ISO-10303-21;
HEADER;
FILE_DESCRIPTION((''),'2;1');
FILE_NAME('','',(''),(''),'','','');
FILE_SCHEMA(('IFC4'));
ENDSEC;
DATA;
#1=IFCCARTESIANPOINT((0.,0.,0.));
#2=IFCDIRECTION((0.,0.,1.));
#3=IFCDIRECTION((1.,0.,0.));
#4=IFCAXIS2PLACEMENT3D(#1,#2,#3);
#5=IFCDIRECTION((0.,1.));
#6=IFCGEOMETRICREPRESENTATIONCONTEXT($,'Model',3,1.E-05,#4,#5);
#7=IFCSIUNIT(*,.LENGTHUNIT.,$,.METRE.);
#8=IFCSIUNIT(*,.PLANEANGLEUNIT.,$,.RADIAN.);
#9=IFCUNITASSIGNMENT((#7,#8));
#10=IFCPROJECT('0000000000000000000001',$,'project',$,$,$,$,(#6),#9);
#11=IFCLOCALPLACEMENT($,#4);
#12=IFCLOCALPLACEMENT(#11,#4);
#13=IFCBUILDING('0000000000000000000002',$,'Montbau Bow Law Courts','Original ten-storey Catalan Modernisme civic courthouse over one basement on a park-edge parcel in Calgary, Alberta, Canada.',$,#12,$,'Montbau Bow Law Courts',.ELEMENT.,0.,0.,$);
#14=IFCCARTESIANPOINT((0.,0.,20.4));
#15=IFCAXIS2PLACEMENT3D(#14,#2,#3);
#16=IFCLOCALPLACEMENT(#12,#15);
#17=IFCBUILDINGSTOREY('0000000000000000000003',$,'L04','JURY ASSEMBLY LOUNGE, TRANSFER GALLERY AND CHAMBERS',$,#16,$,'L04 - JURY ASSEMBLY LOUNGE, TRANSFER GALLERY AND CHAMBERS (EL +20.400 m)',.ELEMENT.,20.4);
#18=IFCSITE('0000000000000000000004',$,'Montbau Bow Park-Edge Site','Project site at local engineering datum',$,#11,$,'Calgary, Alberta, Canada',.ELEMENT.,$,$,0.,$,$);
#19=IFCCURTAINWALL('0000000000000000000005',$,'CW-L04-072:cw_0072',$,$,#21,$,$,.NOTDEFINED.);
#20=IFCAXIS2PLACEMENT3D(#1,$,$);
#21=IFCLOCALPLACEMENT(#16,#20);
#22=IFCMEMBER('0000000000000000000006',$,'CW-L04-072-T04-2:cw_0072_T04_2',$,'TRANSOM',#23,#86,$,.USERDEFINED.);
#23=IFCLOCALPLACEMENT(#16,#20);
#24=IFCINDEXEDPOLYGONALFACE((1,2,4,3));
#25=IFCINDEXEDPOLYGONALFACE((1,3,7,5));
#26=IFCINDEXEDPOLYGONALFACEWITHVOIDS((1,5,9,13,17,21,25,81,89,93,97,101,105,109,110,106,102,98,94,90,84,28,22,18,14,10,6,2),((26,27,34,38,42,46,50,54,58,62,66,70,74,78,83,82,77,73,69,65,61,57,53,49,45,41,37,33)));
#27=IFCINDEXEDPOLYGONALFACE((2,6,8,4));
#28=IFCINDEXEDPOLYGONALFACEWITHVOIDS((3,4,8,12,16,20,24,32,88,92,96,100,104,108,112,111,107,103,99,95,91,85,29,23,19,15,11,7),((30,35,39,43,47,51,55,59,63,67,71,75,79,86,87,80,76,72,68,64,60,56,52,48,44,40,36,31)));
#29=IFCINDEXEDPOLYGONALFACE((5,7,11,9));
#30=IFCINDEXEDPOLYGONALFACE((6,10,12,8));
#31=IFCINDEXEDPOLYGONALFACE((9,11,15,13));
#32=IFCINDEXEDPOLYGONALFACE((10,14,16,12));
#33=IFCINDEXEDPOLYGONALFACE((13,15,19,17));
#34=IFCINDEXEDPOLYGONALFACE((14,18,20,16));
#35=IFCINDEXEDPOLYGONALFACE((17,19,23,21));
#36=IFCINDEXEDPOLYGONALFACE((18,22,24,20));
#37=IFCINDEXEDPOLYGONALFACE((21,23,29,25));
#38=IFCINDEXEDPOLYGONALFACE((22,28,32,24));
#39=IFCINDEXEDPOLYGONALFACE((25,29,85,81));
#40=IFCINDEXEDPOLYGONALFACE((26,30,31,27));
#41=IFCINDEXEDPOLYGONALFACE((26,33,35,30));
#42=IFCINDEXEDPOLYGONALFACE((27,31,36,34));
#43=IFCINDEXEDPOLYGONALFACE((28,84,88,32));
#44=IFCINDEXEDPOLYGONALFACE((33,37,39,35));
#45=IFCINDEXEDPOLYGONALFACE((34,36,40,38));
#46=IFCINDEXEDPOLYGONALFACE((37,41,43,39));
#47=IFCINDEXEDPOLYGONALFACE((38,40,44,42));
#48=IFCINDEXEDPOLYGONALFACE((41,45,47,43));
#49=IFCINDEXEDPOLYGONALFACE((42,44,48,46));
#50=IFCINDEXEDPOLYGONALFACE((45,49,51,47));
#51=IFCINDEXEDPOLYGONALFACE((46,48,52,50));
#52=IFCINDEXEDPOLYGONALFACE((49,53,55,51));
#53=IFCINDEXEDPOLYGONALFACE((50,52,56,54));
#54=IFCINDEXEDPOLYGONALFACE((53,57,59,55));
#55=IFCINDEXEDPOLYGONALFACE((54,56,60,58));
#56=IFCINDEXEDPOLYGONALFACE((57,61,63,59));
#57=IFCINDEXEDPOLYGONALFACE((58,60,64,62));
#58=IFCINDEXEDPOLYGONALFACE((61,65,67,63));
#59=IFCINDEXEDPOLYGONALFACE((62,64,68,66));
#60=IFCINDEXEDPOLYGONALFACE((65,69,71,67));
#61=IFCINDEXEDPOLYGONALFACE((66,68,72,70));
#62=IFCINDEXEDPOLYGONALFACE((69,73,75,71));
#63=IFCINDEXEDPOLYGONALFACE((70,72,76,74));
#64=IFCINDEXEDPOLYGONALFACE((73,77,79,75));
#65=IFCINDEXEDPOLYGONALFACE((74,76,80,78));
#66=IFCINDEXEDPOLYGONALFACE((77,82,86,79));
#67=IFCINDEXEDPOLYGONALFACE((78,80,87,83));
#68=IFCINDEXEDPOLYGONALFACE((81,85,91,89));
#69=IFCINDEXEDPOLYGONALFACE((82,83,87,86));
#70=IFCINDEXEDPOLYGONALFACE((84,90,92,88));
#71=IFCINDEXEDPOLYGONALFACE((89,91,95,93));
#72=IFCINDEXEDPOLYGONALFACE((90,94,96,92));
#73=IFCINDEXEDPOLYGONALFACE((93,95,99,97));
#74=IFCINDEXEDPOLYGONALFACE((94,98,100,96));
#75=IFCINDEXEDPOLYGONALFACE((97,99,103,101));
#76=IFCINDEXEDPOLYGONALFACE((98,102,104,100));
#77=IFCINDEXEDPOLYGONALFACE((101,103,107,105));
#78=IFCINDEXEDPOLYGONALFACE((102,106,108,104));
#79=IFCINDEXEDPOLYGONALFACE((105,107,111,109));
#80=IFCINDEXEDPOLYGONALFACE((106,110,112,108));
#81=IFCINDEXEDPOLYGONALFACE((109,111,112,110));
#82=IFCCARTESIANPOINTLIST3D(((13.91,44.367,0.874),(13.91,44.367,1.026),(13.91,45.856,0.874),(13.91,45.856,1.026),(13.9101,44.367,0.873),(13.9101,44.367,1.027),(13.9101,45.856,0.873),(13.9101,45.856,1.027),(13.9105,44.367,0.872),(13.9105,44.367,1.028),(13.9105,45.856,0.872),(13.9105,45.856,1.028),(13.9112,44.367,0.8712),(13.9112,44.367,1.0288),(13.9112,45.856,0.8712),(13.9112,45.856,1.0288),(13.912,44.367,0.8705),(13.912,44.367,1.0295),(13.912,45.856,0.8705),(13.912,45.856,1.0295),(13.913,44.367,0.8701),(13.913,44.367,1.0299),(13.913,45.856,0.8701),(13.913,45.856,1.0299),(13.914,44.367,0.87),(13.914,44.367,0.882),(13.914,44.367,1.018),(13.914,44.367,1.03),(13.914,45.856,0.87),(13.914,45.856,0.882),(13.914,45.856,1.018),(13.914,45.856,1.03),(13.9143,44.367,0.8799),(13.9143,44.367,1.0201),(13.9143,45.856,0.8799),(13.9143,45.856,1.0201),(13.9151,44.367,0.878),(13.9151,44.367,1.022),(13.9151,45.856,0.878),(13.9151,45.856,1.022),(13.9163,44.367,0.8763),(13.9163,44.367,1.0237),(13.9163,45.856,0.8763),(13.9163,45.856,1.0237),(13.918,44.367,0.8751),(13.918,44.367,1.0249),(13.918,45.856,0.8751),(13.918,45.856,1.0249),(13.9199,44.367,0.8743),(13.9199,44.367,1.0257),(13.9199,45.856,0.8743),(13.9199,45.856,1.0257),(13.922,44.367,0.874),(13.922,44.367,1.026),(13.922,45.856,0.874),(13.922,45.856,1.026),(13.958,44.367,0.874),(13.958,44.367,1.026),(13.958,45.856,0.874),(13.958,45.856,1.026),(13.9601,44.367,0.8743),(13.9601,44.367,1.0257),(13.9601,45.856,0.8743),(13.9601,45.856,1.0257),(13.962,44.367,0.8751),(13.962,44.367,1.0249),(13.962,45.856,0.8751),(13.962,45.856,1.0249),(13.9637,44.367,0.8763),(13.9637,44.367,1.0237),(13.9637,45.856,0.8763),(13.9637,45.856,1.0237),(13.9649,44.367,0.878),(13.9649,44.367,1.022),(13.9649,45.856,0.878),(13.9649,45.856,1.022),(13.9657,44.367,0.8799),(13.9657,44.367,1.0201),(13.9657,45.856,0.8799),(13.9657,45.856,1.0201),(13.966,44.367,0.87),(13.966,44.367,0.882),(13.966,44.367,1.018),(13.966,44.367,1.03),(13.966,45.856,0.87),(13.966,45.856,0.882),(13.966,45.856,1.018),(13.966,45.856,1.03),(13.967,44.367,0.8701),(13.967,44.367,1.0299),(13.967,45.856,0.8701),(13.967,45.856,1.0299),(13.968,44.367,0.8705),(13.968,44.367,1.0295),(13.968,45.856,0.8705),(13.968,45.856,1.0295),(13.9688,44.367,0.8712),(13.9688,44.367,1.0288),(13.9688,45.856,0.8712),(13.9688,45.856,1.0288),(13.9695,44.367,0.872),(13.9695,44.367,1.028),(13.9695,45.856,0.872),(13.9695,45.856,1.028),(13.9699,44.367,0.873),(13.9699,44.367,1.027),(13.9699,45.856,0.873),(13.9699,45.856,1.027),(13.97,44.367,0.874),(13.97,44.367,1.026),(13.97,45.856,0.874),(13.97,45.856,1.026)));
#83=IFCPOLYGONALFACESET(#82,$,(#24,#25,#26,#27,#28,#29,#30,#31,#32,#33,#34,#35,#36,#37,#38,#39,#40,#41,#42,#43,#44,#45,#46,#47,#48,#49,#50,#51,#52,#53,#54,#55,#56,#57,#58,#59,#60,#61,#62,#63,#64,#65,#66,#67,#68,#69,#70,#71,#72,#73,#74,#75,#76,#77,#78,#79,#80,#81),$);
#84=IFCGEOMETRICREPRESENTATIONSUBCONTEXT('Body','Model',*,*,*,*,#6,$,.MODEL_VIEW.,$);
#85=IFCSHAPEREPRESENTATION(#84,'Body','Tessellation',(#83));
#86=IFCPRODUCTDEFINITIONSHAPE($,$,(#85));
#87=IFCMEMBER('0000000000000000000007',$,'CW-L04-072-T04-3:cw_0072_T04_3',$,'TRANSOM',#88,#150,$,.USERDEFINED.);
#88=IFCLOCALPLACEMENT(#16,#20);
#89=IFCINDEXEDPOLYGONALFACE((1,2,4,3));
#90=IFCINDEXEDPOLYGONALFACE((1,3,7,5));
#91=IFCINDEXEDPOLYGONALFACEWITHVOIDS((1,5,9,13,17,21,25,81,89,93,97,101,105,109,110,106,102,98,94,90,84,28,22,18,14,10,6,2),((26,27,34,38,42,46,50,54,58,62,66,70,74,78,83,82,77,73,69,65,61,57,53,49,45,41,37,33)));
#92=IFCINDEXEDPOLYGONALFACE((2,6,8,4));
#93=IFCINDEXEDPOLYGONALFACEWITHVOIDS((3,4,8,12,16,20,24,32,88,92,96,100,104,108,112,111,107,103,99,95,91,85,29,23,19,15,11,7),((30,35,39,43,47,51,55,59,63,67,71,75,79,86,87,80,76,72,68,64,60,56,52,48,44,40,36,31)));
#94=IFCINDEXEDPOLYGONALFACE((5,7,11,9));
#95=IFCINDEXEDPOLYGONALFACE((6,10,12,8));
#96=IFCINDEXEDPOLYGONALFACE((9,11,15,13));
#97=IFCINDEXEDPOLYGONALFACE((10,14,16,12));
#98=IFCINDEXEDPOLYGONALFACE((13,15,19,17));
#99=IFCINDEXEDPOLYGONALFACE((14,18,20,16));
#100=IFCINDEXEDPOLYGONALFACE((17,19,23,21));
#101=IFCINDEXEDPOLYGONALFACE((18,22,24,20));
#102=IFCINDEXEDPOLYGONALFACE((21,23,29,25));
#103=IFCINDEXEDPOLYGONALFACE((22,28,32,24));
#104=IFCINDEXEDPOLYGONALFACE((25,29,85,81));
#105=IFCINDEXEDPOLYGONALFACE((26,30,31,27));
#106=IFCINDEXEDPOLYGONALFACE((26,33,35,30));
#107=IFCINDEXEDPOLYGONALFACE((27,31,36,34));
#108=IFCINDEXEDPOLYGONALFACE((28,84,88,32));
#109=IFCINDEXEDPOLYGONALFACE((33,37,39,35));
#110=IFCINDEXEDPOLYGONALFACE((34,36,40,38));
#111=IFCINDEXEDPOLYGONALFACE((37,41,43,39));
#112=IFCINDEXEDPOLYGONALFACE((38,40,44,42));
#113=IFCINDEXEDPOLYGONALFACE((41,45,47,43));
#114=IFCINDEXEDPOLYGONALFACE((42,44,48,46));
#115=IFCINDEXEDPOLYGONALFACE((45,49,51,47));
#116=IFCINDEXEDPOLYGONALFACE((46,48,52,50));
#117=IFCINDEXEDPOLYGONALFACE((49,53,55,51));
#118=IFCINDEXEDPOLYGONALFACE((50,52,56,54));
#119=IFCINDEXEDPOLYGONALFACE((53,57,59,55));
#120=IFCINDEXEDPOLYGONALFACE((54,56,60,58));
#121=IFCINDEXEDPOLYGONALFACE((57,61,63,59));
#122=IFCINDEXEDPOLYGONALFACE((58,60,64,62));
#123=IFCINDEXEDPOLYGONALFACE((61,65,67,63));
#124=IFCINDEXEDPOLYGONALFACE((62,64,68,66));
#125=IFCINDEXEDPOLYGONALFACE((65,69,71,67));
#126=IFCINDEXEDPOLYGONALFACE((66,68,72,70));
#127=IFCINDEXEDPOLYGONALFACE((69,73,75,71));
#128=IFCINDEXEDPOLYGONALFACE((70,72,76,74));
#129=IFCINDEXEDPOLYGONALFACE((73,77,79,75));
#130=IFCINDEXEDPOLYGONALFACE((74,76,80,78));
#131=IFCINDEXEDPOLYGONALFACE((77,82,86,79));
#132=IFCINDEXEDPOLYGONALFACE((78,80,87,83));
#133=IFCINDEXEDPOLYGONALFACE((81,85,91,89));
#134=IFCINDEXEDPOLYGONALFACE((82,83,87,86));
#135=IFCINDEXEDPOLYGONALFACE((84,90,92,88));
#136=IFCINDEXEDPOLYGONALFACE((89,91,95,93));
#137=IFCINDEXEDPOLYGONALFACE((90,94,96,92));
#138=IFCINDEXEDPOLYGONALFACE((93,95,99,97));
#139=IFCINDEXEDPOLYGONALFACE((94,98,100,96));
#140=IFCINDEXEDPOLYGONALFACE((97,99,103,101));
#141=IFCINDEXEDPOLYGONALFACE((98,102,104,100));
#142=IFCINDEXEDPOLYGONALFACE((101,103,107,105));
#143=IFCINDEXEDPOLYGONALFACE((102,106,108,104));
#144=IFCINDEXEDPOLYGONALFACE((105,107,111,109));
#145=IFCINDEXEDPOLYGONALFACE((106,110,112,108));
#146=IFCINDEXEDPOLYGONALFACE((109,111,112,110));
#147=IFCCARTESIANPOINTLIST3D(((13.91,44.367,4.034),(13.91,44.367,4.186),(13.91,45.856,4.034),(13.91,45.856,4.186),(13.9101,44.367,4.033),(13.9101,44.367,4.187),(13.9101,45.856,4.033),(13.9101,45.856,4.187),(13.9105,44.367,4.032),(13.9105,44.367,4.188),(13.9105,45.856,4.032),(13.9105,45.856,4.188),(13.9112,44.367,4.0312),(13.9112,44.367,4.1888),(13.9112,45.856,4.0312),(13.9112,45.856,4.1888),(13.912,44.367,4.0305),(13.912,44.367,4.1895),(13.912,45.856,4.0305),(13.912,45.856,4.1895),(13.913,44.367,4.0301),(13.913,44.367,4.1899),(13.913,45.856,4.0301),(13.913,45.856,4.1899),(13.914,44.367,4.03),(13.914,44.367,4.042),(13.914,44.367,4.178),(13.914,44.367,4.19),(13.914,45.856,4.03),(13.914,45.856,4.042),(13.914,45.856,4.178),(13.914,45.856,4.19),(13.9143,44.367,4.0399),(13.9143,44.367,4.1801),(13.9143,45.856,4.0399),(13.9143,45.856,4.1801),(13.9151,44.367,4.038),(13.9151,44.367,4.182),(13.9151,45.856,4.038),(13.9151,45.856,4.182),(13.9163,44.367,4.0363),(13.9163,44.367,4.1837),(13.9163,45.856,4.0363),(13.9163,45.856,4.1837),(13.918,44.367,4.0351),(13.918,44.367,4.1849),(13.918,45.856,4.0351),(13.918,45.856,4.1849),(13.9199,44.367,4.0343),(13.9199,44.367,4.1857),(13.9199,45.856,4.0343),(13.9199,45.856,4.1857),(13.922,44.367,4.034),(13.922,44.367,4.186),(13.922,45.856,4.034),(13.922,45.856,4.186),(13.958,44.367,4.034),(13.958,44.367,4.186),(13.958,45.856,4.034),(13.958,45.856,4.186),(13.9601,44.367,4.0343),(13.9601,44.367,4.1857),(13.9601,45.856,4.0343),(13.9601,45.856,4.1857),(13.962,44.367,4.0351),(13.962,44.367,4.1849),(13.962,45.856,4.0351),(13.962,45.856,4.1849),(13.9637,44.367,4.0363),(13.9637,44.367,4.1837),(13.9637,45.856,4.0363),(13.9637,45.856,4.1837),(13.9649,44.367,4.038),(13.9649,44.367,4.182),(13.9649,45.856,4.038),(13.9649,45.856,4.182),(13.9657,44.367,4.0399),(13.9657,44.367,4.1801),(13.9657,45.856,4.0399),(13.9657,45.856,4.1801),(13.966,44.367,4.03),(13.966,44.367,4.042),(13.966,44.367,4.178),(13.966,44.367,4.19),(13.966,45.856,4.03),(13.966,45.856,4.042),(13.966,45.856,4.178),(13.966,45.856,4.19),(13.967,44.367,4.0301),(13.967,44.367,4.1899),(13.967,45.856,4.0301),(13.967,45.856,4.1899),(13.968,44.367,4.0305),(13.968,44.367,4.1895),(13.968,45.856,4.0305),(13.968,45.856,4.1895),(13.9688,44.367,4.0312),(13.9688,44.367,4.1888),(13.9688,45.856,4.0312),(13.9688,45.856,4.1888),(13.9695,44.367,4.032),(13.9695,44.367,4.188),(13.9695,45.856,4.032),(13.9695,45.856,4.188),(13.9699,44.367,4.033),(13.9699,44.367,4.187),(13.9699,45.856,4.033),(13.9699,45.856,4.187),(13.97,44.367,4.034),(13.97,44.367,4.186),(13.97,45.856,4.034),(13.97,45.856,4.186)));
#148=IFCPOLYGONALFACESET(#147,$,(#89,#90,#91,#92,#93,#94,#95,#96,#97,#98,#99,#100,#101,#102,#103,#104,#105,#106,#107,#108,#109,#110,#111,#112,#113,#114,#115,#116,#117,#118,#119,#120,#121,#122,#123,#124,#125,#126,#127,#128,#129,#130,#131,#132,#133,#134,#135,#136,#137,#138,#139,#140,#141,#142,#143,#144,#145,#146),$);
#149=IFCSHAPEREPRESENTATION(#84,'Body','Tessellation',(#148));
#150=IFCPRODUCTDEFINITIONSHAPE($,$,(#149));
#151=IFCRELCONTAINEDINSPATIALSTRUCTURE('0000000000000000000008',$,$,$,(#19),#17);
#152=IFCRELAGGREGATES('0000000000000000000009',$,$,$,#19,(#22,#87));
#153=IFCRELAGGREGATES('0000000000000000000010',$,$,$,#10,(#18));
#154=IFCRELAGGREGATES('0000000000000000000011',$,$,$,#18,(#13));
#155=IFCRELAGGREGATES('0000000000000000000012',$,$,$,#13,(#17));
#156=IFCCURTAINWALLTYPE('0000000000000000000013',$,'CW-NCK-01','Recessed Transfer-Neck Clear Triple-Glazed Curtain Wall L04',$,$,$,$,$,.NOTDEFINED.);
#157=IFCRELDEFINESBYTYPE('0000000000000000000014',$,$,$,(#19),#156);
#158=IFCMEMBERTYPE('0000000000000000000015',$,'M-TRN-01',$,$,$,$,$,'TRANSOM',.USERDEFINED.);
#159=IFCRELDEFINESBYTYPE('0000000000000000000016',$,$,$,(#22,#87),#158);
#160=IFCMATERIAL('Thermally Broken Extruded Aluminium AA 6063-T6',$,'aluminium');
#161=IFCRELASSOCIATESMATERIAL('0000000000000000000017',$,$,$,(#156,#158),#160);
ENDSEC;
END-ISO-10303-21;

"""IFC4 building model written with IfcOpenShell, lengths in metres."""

from ifc_helpers import new_model, si_unit, direction, frame, origin_with_axes, origin_2d_with_axis, place, context, subcontext, project, spatial, hollow_rectangle, extrude, material, material_profile, profile_set, type_object, element, aggregate, save


model = new_model("IFC4")

# Units and contexts
model_context = context("Model", 3, precision=1e-05, world=origin_with_axes(), true_north=direction((0.0, 1.0)))
body_context = subcontext(model_context, "Body", "Model", "MODEL_VIEW")
ifc_project = project(units=[si_unit("LENGTHUNIT", "METRE"), si_unit("PLANEANGLEUNIT", "RADIAN")], contexts=[model_context])

# Site, building, storey
site_placement = place(None, origin_with_axes())
site = spatial("IfcSite", under=ifc_project, at=site_placement, Name="Montbau Bow Park-Edge Site", Description="Project site at local engineering datum", LongName="Calgary, Alberta, Canada", CompositionType="ELEMENT", RefElevation=0.0)
building_placement = place(site_placement, origin_with_axes())
building = spatial("IfcBuilding", under=site, at=building_placement, Name="Montbau Bow Law Courts", Description="Original ten-storey Catalan Modernisme civic courthouse over one basement on a park-edge parcel in Calgary, Alberta, Canada.", LongName="Montbau Bow Law Courts", CompositionType="ELEMENT", ElevationOfRefHeight=0.0, ElevationOfTerrain=0.0)
storey_placement = place(building_placement, frame((0.0, 0.0, 20.4), z_axis=(0.0, 0.0, 1.0), x_axis=(1.0, 0.0, 0.0)))
storey = spatial("IfcBuildingStorey", under=building, at=storey_placement, Name="L04", Description="JURY ASSEMBLY LOUNGE, TRANSFER GALLERY AND CHAMBERS", LongName="L04 - JURY ASSEMBLY LOUNGE, TRANSFER GALLERY AND CHAMBERS (EL +20.400 m)", CompositionType="ELEMENT", Elevation=20.4)

# Shared definitions
ifc_material_1 = material(Name="Thermally Broken Extruded Aluminium AA 6063-T6", Category="aluminium")
curtain_wall_type = type_object("IfcCurtainWallType", Name="CW-NCK-01", Description="Recessed Transfer-Neck Clear Triple-Glazed Curtain Wall L04", PredefinedType="NOTDEFINED", material=ifc_material_1)

# Shared definitions
ifc_material_profile_1 = material_profile(ifc_material_1, hollow_rectangle(XDim=0.06, YDim=0.16, WallThickness=0.004, InnerFilletRadius=0.008, OuterFilletRadius=0.004, at=origin_2d_with_axis()), Name="CWT-160X60", Category="Main", Priority=0)
ifc_profile_set_1 = profile_set([ifc_material_profile_1], Name="Thermally Broken Extruded Aluminium AA 6063-T6")
member_type_1 = type_object("IfcMemberType", Name="M-TRN-01", ElementType="TRANSOM", PredefinedType="USERDEFINED", material=ifc_profile_set_1)

# Curtain wall, members
curtain_wall_1_placement = place(None, frame((13.94, 39.515, 20.4), z_axis=(0.0, 0.0, 1.0), x_axis=(1.0, 0.0, 0.0)))
curtain_wall_1 = element("IfcCurtainWall", 1, at=curtain_wall_1_placement, inside=storey, type_object=curtain_wall_type, Name="CW-L04-072:cw_0072", PredefinedType="NOTDEFINED")
member_1_placement = place(None, frame((13.94, 44.367, 21.35), z_axis=(0.0, 1.0, 0.0), x_axis=(-1.0, 0.0, 0.0)))
member_1 = element("IfcMember", 2, at=member_1_placement, type_object=member_type_1, Name="CW-L04-072-T04-2:cw_0072_T04_2", ObjectType="TRANSOM", PredefinedType="USERDEFINED", context=body_context, shape_type="SweptSolid", body=[
    extrude(hollow_rectangle(XDim=0.06, YDim=0.16, WallThickness=0.004, InnerFilletRadius=0.008, OuterFilletRadius=0.004, at=origin_2d_with_axis()), origin_with_axes(), (0.0, 0.0, 1.0), 1.489),
])
member_2_placement = place(None, frame((13.94, 44.367, 24.51), z_axis=(0.0, 1.0, 0.0), x_axis=(-1.0, 0.0, 0.0)))
member_2 = element("IfcMember", 3, at=member_2_placement, type_object=member_type_1, Name="CW-L04-072-T04-3:cw_0072_T04_3", ObjectType="TRANSOM", PredefinedType="USERDEFINED", context=body_context, shape_type="SweptSolid", body=[
    extrude(hollow_rectangle(XDim=0.06, YDim=0.16, WallThickness=0.004, InnerFilletRadius=0.008, OuterFilletRadius=0.004, at=origin_2d_with_axis()), origin_with_axes(), (0.0, 0.0, 1.0), 1.489),
])

aggregate(curtain_wall_1, [member_1, member_2])

save(model, "model.ifc")
